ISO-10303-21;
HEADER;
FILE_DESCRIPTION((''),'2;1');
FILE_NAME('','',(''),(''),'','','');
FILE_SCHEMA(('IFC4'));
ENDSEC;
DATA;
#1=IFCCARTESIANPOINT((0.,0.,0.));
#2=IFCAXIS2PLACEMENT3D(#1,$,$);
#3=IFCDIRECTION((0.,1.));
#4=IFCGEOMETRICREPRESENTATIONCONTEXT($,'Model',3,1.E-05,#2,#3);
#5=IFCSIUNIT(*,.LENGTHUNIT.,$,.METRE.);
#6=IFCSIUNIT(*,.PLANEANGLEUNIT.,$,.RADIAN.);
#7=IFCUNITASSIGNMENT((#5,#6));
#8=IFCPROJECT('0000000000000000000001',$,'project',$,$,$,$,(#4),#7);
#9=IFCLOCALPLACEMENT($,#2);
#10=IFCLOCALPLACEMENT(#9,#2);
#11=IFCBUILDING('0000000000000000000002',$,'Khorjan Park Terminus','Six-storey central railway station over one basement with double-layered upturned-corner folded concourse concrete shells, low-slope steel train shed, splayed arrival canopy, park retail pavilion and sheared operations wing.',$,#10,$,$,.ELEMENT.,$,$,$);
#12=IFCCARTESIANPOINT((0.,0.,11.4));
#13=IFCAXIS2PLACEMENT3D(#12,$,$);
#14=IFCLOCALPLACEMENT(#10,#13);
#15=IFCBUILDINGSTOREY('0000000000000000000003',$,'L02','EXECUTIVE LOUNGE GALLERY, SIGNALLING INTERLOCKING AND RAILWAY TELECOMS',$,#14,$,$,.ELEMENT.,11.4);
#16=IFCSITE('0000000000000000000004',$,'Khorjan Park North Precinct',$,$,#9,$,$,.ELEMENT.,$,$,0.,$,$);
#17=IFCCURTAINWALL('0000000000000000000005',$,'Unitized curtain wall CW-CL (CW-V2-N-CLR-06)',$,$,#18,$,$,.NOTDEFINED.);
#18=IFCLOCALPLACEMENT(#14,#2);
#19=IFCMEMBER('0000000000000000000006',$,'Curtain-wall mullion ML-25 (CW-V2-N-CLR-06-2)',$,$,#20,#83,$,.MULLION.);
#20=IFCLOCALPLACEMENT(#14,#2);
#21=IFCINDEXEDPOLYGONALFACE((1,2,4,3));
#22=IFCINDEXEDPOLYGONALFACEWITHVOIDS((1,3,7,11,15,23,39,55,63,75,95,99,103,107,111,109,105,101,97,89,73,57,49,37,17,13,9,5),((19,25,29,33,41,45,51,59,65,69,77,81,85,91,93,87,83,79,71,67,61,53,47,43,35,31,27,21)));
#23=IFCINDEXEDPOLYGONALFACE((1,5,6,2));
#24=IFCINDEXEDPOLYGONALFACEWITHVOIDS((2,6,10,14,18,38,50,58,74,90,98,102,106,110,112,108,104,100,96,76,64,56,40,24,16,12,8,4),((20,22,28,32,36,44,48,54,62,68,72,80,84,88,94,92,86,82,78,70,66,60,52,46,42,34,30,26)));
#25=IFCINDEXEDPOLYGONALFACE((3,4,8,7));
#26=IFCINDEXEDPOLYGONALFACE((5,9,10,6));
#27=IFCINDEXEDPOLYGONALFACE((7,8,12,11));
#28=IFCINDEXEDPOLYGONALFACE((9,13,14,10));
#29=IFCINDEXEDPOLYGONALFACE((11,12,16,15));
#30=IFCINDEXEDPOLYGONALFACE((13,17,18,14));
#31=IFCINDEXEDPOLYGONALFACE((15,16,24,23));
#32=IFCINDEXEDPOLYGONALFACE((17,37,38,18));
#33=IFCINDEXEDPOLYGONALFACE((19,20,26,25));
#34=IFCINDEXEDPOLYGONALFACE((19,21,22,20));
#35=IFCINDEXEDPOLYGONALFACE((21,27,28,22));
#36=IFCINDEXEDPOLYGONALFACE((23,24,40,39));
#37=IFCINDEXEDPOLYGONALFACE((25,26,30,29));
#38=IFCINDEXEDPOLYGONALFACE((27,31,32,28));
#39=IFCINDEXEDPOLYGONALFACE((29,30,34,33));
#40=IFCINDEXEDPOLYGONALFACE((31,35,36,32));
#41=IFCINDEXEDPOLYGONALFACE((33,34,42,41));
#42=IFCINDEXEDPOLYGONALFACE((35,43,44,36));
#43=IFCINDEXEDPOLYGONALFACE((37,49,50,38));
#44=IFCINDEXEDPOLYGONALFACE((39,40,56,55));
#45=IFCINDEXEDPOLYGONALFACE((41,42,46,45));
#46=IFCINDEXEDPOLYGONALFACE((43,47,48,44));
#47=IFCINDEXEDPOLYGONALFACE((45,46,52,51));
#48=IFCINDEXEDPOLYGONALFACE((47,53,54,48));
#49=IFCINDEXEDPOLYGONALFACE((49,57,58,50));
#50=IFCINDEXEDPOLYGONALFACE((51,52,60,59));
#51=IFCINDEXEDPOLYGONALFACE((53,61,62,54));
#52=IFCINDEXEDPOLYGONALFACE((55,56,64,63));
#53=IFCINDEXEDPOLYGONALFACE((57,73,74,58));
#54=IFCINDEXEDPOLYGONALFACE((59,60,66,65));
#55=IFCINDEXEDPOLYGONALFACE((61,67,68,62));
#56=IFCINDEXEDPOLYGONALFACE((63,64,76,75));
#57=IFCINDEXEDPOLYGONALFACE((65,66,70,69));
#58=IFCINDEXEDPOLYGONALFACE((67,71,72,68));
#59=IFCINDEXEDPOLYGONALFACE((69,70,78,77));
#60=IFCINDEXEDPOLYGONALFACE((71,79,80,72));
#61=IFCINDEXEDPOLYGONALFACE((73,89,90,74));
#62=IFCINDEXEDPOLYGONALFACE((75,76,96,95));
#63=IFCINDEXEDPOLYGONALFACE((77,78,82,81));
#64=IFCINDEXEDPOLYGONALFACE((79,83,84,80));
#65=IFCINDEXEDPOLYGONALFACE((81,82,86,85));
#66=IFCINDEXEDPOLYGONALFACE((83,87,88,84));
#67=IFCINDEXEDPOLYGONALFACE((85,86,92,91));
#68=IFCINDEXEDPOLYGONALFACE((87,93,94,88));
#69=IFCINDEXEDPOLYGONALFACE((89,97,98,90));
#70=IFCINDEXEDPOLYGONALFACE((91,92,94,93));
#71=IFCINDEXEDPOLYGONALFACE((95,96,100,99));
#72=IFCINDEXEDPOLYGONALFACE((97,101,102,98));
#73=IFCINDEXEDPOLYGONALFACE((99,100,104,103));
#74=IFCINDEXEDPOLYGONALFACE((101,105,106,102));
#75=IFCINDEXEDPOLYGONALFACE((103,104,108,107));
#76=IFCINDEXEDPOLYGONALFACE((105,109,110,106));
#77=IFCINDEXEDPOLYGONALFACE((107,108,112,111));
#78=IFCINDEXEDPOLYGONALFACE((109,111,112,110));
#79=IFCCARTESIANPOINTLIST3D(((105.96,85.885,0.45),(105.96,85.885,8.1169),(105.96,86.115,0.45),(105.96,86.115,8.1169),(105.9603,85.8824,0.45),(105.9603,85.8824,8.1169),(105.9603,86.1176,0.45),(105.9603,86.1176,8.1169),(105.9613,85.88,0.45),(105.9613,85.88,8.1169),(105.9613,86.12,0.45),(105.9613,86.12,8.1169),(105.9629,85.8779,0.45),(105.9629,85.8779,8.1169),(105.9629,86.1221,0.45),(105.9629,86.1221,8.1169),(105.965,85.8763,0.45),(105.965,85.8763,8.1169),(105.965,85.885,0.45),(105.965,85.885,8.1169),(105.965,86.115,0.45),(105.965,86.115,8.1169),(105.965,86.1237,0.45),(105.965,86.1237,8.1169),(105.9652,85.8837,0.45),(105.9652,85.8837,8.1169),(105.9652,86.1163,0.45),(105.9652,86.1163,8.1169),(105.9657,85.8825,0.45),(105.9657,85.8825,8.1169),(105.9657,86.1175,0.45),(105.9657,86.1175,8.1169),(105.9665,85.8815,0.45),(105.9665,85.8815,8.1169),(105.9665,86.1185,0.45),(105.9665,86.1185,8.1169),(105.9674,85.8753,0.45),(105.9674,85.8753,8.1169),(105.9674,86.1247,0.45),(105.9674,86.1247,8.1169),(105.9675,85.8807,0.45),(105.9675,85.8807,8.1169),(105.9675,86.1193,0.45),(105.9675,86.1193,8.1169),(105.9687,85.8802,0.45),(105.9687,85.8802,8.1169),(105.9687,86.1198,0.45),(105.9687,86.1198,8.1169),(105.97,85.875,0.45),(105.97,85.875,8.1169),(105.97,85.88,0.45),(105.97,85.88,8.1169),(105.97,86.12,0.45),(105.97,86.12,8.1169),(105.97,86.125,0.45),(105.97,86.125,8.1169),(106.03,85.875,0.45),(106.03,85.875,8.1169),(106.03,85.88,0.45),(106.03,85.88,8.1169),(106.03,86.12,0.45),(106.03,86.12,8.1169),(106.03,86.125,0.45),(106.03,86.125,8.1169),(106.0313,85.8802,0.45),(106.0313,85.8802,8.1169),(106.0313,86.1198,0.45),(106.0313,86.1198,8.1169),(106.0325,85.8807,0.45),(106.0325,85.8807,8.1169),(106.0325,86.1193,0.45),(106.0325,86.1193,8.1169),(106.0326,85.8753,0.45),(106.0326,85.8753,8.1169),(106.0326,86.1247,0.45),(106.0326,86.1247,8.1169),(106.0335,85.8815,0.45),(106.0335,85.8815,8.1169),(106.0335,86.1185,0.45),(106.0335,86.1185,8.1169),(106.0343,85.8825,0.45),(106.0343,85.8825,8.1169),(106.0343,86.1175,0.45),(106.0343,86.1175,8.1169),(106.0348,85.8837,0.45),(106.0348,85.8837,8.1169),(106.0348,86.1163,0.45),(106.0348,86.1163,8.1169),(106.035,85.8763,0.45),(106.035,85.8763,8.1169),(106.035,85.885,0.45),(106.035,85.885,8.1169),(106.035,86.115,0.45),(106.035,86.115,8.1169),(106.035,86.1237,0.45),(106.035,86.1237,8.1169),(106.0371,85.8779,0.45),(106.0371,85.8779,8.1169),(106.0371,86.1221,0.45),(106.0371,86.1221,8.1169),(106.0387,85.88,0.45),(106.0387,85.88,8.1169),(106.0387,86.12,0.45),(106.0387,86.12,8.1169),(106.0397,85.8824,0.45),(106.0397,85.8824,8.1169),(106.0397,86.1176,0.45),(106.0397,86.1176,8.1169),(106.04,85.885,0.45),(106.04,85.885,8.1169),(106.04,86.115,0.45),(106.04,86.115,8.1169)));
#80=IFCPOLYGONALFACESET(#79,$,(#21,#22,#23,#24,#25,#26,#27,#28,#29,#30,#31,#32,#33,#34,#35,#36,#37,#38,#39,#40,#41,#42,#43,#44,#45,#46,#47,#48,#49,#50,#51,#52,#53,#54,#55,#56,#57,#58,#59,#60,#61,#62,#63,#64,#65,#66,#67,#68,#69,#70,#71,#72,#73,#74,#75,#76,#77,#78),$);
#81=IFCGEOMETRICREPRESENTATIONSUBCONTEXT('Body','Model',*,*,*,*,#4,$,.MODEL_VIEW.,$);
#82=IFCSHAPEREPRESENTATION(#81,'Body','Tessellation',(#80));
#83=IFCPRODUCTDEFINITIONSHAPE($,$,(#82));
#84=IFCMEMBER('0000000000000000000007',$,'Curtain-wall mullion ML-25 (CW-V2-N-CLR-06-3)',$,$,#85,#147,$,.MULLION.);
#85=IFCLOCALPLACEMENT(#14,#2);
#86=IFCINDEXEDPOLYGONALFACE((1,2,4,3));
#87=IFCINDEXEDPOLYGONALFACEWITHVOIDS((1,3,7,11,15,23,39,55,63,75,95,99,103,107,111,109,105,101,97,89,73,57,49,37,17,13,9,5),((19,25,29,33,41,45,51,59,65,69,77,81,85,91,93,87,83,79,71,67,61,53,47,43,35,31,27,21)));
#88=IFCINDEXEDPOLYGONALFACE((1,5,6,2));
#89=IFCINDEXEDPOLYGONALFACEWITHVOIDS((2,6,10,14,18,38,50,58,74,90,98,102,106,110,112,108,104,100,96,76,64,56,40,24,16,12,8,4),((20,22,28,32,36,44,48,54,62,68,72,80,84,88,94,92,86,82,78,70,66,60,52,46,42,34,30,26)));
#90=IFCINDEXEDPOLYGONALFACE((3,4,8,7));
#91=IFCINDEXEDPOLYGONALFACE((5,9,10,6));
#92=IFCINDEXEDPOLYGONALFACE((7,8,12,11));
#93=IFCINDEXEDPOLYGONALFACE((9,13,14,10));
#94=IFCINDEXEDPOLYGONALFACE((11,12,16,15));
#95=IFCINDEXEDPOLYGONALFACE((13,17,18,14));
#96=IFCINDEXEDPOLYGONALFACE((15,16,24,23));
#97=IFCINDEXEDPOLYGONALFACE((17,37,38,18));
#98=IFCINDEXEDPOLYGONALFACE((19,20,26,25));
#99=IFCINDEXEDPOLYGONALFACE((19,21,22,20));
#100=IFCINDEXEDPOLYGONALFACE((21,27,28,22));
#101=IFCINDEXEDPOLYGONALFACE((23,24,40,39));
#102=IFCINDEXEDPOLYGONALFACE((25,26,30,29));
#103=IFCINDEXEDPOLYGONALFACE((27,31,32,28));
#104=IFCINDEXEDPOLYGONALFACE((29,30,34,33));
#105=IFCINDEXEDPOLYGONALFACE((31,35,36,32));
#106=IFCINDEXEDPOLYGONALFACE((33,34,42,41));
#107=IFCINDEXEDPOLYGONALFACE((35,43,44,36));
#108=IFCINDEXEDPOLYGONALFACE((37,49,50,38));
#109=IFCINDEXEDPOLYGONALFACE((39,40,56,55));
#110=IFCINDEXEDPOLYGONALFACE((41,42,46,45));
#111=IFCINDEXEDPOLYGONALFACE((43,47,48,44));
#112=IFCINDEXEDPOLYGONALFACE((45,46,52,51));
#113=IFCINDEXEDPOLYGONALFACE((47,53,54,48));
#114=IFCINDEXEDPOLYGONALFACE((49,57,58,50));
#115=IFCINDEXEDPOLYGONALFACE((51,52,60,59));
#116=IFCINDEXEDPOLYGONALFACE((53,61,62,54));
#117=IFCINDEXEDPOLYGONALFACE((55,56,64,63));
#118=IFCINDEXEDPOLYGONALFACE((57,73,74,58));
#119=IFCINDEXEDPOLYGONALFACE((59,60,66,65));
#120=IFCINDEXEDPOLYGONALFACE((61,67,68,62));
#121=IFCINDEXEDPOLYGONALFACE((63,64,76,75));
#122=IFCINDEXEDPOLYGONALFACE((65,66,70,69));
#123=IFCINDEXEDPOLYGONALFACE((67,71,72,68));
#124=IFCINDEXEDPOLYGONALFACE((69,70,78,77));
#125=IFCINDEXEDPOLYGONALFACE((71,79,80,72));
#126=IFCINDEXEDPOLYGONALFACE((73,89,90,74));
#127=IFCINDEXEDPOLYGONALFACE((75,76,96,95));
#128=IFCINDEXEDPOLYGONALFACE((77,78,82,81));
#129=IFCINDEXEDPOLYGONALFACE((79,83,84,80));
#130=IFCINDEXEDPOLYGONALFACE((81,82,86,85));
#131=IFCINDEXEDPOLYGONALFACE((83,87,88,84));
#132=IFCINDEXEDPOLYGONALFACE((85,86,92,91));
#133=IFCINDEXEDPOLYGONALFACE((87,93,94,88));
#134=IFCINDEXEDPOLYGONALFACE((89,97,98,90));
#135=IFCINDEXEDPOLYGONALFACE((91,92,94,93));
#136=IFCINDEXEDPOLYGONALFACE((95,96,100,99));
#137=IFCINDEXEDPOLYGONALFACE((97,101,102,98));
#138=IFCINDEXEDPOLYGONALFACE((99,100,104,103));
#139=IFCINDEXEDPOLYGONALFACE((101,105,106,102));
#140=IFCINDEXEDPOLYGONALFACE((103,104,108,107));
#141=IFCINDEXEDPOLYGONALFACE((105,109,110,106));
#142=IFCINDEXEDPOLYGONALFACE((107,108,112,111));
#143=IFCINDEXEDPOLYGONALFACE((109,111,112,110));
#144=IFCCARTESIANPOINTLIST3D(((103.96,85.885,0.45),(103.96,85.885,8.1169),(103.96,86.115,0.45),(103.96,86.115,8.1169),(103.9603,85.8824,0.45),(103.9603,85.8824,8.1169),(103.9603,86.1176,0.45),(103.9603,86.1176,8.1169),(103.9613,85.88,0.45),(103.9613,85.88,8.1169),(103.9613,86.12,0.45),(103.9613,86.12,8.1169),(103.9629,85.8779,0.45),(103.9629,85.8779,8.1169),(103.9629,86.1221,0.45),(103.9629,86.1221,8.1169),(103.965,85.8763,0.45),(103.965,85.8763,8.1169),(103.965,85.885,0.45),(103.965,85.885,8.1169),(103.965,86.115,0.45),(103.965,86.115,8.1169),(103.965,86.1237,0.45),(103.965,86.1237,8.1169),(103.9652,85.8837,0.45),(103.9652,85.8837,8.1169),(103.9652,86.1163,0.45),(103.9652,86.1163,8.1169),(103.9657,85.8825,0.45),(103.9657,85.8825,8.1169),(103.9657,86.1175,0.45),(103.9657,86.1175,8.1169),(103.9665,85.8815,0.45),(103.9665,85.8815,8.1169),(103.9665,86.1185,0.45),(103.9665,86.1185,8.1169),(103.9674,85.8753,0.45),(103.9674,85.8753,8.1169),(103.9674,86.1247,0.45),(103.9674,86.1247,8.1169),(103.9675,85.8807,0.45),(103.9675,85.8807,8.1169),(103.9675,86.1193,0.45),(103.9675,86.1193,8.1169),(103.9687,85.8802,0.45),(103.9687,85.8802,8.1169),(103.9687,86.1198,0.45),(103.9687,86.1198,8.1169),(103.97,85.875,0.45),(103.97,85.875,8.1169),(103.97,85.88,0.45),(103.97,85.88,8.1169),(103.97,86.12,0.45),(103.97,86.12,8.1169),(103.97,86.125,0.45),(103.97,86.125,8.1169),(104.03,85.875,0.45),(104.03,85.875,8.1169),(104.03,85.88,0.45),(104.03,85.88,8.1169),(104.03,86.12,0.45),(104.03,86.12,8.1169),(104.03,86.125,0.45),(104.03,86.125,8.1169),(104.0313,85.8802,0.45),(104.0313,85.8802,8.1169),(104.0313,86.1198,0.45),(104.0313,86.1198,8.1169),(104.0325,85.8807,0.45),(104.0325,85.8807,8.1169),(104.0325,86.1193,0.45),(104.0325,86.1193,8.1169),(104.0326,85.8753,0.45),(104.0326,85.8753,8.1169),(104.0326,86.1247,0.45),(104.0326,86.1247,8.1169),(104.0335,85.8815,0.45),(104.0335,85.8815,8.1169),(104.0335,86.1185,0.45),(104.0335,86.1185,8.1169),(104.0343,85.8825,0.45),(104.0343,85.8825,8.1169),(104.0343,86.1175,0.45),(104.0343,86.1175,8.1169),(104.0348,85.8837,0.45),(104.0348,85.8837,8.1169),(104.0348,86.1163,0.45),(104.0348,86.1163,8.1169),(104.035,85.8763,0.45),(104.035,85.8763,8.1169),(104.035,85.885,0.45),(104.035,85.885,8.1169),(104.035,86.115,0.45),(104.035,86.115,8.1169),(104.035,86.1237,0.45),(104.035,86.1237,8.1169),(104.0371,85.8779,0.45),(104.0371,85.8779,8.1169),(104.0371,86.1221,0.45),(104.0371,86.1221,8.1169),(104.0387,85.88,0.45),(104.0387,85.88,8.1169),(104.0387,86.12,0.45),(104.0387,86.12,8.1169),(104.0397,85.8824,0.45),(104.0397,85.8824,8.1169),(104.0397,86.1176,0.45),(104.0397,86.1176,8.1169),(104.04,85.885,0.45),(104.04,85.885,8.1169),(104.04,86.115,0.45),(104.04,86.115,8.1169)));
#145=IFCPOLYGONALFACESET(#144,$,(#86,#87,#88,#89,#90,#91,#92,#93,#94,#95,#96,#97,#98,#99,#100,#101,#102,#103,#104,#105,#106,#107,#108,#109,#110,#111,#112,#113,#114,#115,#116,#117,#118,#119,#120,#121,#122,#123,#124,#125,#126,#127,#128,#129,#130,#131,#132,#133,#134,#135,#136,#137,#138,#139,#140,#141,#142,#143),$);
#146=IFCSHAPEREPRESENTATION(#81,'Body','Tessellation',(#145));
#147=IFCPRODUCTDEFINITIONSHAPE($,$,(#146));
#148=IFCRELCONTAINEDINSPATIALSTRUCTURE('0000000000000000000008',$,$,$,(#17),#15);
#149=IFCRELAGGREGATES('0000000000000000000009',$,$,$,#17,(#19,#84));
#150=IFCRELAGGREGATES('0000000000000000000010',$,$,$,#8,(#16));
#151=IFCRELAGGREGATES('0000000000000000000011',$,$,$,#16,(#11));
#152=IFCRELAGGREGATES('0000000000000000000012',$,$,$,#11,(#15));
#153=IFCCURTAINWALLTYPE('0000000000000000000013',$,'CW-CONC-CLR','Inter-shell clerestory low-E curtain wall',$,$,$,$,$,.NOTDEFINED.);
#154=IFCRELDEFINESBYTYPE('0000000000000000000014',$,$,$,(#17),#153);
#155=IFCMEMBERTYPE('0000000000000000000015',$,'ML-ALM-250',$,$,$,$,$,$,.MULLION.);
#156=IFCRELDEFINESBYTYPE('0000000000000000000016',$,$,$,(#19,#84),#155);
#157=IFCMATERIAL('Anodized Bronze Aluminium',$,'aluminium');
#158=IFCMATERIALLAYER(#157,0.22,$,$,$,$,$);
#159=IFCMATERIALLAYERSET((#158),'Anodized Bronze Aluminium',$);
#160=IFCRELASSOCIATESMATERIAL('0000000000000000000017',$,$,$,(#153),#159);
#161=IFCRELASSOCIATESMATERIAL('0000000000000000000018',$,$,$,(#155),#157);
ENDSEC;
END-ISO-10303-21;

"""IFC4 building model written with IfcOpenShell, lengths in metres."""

from ifc_helpers import new_model, si_unit, direction, frame, origin, origin_2d, place, context, subcontext, project, spatial, hollow_rectangle, extrude, material, layer, layer_set, material_profile, profile_set, type_object, element, aggregate, save


model = new_model("IFC4")

# Units and contexts
model_context = context("Model", 3, precision=1e-05, world=origin(), true_north=direction((0.0, 1.0)))
body_context = subcontext(model_context, "Body", "Model", "MODEL_VIEW")
ifc_project = project(units=[si_unit("LENGTHUNIT", "METRE"), si_unit("PLANEANGLEUNIT", "RADIAN")], contexts=[model_context])

# Site, building, storey
site_placement = place(None, origin())
site = spatial("IfcSite", under=ifc_project, at=site_placement, Name="Khorjan Park North Precinct", CompositionType="ELEMENT", RefElevation=0.0)
building_placement = place(site_placement, origin())
building = spatial("IfcBuilding", under=site, at=building_placement, Name="Khorjan Park Terminus", Description="Six-storey central railway station over one basement with double-layered upturned-corner folded concourse concrete shells, low-slope steel train shed, splayed arrival canopy, park retail pavilion and sheared operations wing.", CompositionType="ELEMENT")
storey_placement = place(building_placement, frame((0.0, 0.0, 11.4)))
storey = spatial("IfcBuildingStorey", under=building, at=storey_placement, Name="L02", Description="EXECUTIVE LOUNGE GALLERY, SIGNALLING INTERLOCKING AND RAILWAY TELECOMS", CompositionType="ELEMENT", Elevation=11.4)

# Curtain wall, members
ifc_material_1 = material(Name="Anodized Bronze Aluminium", Category="aluminium")
ifc_layer_1 = layer(ifc_material_1, 0.22)
ifc_layer_set_1 = layer_set([ifc_layer_1], Name="Anodized Bronze Aluminium")
curtain_wall_type = type_object("IfcCurtainWallType", Name="CW-CONC-CLR", Description="Inter-shell clerestory low-E curtain wall", PredefinedType="NOTDEFINED", material=ifc_layer_set_1)
curtain_wall_placement = place(storey_placement, origin())
curtain_wall = element("IfcCurtainWall", 1, at=curtain_wall_placement, inside=storey, type_object=curtain_wall_type, Name="Unitized curtain wall CW-CL (CW-V2-N-CLR-06)", PredefinedType="NOTDEFINED")
ifc_material_profile_1 = material_profile(ifc_material_1, hollow_rectangle(XDim=0.08, YDim=0.25, WallThickness=0.005, InnerFilletRadius=0.005, OuterFilletRadius=0.01, at=origin_2d()), Name="ALM 80x250x5")
ifc_profile_set_1 = profile_set([ifc_material_profile_1], Name="Anodized Bronze Aluminium")
member_type_1 = type_object("IfcMemberType", Name="ML-ALM-250", PredefinedType="MULLION", material=ifc_profile_set_1)
member_1_placement = place(storey_placement, frame((106.0, 86.0, 0.45), z_axis=(0.0, 0.0, 1.0), x_axis=(-1.0, 0.0, 0.0)))
member_1 = element("IfcMember", 2, at=member_1_placement, type_object=member_type_1, Name="Curtain-wall mullion ML-25 (CW-V2-N-CLR-06-2)", PredefinedType="MULLION", context=body_context, shape_type="SweptSolid", body=[
    extrude(hollow_rectangle(XDim=0.08, YDim=0.25, WallThickness=0.005, InnerFilletRadius=0.005, OuterFilletRadius=0.01, at=origin_2d()), origin(), (0.0, 0.0, 1.0), 7.6669),
])
member_2_placement = place(storey_placement, frame((104.0, 86.0, 0.45), z_axis=(0.0, 0.0, 1.0), x_axis=(-1.0, 0.0, 0.0)))
member_2 = element("IfcMember", 3, at=member_2_placement, type_object=member_type_1, Name="Curtain-wall mullion ML-25 (CW-V2-N-CLR-06-3)", PredefinedType="MULLION", context=body_context, shape_type="SweptSolid", body=[
    extrude(hollow_rectangle(XDim=0.08, YDim=0.25, WallThickness=0.005, InnerFilletRadius=0.005, OuterFilletRadius=0.01, at=origin_2d()), origin(), (0.0, 0.0, 1.0), 7.6669),
])

aggregate(curtain_wall, [member_1, member_2])

save(model, "model.ifc")
